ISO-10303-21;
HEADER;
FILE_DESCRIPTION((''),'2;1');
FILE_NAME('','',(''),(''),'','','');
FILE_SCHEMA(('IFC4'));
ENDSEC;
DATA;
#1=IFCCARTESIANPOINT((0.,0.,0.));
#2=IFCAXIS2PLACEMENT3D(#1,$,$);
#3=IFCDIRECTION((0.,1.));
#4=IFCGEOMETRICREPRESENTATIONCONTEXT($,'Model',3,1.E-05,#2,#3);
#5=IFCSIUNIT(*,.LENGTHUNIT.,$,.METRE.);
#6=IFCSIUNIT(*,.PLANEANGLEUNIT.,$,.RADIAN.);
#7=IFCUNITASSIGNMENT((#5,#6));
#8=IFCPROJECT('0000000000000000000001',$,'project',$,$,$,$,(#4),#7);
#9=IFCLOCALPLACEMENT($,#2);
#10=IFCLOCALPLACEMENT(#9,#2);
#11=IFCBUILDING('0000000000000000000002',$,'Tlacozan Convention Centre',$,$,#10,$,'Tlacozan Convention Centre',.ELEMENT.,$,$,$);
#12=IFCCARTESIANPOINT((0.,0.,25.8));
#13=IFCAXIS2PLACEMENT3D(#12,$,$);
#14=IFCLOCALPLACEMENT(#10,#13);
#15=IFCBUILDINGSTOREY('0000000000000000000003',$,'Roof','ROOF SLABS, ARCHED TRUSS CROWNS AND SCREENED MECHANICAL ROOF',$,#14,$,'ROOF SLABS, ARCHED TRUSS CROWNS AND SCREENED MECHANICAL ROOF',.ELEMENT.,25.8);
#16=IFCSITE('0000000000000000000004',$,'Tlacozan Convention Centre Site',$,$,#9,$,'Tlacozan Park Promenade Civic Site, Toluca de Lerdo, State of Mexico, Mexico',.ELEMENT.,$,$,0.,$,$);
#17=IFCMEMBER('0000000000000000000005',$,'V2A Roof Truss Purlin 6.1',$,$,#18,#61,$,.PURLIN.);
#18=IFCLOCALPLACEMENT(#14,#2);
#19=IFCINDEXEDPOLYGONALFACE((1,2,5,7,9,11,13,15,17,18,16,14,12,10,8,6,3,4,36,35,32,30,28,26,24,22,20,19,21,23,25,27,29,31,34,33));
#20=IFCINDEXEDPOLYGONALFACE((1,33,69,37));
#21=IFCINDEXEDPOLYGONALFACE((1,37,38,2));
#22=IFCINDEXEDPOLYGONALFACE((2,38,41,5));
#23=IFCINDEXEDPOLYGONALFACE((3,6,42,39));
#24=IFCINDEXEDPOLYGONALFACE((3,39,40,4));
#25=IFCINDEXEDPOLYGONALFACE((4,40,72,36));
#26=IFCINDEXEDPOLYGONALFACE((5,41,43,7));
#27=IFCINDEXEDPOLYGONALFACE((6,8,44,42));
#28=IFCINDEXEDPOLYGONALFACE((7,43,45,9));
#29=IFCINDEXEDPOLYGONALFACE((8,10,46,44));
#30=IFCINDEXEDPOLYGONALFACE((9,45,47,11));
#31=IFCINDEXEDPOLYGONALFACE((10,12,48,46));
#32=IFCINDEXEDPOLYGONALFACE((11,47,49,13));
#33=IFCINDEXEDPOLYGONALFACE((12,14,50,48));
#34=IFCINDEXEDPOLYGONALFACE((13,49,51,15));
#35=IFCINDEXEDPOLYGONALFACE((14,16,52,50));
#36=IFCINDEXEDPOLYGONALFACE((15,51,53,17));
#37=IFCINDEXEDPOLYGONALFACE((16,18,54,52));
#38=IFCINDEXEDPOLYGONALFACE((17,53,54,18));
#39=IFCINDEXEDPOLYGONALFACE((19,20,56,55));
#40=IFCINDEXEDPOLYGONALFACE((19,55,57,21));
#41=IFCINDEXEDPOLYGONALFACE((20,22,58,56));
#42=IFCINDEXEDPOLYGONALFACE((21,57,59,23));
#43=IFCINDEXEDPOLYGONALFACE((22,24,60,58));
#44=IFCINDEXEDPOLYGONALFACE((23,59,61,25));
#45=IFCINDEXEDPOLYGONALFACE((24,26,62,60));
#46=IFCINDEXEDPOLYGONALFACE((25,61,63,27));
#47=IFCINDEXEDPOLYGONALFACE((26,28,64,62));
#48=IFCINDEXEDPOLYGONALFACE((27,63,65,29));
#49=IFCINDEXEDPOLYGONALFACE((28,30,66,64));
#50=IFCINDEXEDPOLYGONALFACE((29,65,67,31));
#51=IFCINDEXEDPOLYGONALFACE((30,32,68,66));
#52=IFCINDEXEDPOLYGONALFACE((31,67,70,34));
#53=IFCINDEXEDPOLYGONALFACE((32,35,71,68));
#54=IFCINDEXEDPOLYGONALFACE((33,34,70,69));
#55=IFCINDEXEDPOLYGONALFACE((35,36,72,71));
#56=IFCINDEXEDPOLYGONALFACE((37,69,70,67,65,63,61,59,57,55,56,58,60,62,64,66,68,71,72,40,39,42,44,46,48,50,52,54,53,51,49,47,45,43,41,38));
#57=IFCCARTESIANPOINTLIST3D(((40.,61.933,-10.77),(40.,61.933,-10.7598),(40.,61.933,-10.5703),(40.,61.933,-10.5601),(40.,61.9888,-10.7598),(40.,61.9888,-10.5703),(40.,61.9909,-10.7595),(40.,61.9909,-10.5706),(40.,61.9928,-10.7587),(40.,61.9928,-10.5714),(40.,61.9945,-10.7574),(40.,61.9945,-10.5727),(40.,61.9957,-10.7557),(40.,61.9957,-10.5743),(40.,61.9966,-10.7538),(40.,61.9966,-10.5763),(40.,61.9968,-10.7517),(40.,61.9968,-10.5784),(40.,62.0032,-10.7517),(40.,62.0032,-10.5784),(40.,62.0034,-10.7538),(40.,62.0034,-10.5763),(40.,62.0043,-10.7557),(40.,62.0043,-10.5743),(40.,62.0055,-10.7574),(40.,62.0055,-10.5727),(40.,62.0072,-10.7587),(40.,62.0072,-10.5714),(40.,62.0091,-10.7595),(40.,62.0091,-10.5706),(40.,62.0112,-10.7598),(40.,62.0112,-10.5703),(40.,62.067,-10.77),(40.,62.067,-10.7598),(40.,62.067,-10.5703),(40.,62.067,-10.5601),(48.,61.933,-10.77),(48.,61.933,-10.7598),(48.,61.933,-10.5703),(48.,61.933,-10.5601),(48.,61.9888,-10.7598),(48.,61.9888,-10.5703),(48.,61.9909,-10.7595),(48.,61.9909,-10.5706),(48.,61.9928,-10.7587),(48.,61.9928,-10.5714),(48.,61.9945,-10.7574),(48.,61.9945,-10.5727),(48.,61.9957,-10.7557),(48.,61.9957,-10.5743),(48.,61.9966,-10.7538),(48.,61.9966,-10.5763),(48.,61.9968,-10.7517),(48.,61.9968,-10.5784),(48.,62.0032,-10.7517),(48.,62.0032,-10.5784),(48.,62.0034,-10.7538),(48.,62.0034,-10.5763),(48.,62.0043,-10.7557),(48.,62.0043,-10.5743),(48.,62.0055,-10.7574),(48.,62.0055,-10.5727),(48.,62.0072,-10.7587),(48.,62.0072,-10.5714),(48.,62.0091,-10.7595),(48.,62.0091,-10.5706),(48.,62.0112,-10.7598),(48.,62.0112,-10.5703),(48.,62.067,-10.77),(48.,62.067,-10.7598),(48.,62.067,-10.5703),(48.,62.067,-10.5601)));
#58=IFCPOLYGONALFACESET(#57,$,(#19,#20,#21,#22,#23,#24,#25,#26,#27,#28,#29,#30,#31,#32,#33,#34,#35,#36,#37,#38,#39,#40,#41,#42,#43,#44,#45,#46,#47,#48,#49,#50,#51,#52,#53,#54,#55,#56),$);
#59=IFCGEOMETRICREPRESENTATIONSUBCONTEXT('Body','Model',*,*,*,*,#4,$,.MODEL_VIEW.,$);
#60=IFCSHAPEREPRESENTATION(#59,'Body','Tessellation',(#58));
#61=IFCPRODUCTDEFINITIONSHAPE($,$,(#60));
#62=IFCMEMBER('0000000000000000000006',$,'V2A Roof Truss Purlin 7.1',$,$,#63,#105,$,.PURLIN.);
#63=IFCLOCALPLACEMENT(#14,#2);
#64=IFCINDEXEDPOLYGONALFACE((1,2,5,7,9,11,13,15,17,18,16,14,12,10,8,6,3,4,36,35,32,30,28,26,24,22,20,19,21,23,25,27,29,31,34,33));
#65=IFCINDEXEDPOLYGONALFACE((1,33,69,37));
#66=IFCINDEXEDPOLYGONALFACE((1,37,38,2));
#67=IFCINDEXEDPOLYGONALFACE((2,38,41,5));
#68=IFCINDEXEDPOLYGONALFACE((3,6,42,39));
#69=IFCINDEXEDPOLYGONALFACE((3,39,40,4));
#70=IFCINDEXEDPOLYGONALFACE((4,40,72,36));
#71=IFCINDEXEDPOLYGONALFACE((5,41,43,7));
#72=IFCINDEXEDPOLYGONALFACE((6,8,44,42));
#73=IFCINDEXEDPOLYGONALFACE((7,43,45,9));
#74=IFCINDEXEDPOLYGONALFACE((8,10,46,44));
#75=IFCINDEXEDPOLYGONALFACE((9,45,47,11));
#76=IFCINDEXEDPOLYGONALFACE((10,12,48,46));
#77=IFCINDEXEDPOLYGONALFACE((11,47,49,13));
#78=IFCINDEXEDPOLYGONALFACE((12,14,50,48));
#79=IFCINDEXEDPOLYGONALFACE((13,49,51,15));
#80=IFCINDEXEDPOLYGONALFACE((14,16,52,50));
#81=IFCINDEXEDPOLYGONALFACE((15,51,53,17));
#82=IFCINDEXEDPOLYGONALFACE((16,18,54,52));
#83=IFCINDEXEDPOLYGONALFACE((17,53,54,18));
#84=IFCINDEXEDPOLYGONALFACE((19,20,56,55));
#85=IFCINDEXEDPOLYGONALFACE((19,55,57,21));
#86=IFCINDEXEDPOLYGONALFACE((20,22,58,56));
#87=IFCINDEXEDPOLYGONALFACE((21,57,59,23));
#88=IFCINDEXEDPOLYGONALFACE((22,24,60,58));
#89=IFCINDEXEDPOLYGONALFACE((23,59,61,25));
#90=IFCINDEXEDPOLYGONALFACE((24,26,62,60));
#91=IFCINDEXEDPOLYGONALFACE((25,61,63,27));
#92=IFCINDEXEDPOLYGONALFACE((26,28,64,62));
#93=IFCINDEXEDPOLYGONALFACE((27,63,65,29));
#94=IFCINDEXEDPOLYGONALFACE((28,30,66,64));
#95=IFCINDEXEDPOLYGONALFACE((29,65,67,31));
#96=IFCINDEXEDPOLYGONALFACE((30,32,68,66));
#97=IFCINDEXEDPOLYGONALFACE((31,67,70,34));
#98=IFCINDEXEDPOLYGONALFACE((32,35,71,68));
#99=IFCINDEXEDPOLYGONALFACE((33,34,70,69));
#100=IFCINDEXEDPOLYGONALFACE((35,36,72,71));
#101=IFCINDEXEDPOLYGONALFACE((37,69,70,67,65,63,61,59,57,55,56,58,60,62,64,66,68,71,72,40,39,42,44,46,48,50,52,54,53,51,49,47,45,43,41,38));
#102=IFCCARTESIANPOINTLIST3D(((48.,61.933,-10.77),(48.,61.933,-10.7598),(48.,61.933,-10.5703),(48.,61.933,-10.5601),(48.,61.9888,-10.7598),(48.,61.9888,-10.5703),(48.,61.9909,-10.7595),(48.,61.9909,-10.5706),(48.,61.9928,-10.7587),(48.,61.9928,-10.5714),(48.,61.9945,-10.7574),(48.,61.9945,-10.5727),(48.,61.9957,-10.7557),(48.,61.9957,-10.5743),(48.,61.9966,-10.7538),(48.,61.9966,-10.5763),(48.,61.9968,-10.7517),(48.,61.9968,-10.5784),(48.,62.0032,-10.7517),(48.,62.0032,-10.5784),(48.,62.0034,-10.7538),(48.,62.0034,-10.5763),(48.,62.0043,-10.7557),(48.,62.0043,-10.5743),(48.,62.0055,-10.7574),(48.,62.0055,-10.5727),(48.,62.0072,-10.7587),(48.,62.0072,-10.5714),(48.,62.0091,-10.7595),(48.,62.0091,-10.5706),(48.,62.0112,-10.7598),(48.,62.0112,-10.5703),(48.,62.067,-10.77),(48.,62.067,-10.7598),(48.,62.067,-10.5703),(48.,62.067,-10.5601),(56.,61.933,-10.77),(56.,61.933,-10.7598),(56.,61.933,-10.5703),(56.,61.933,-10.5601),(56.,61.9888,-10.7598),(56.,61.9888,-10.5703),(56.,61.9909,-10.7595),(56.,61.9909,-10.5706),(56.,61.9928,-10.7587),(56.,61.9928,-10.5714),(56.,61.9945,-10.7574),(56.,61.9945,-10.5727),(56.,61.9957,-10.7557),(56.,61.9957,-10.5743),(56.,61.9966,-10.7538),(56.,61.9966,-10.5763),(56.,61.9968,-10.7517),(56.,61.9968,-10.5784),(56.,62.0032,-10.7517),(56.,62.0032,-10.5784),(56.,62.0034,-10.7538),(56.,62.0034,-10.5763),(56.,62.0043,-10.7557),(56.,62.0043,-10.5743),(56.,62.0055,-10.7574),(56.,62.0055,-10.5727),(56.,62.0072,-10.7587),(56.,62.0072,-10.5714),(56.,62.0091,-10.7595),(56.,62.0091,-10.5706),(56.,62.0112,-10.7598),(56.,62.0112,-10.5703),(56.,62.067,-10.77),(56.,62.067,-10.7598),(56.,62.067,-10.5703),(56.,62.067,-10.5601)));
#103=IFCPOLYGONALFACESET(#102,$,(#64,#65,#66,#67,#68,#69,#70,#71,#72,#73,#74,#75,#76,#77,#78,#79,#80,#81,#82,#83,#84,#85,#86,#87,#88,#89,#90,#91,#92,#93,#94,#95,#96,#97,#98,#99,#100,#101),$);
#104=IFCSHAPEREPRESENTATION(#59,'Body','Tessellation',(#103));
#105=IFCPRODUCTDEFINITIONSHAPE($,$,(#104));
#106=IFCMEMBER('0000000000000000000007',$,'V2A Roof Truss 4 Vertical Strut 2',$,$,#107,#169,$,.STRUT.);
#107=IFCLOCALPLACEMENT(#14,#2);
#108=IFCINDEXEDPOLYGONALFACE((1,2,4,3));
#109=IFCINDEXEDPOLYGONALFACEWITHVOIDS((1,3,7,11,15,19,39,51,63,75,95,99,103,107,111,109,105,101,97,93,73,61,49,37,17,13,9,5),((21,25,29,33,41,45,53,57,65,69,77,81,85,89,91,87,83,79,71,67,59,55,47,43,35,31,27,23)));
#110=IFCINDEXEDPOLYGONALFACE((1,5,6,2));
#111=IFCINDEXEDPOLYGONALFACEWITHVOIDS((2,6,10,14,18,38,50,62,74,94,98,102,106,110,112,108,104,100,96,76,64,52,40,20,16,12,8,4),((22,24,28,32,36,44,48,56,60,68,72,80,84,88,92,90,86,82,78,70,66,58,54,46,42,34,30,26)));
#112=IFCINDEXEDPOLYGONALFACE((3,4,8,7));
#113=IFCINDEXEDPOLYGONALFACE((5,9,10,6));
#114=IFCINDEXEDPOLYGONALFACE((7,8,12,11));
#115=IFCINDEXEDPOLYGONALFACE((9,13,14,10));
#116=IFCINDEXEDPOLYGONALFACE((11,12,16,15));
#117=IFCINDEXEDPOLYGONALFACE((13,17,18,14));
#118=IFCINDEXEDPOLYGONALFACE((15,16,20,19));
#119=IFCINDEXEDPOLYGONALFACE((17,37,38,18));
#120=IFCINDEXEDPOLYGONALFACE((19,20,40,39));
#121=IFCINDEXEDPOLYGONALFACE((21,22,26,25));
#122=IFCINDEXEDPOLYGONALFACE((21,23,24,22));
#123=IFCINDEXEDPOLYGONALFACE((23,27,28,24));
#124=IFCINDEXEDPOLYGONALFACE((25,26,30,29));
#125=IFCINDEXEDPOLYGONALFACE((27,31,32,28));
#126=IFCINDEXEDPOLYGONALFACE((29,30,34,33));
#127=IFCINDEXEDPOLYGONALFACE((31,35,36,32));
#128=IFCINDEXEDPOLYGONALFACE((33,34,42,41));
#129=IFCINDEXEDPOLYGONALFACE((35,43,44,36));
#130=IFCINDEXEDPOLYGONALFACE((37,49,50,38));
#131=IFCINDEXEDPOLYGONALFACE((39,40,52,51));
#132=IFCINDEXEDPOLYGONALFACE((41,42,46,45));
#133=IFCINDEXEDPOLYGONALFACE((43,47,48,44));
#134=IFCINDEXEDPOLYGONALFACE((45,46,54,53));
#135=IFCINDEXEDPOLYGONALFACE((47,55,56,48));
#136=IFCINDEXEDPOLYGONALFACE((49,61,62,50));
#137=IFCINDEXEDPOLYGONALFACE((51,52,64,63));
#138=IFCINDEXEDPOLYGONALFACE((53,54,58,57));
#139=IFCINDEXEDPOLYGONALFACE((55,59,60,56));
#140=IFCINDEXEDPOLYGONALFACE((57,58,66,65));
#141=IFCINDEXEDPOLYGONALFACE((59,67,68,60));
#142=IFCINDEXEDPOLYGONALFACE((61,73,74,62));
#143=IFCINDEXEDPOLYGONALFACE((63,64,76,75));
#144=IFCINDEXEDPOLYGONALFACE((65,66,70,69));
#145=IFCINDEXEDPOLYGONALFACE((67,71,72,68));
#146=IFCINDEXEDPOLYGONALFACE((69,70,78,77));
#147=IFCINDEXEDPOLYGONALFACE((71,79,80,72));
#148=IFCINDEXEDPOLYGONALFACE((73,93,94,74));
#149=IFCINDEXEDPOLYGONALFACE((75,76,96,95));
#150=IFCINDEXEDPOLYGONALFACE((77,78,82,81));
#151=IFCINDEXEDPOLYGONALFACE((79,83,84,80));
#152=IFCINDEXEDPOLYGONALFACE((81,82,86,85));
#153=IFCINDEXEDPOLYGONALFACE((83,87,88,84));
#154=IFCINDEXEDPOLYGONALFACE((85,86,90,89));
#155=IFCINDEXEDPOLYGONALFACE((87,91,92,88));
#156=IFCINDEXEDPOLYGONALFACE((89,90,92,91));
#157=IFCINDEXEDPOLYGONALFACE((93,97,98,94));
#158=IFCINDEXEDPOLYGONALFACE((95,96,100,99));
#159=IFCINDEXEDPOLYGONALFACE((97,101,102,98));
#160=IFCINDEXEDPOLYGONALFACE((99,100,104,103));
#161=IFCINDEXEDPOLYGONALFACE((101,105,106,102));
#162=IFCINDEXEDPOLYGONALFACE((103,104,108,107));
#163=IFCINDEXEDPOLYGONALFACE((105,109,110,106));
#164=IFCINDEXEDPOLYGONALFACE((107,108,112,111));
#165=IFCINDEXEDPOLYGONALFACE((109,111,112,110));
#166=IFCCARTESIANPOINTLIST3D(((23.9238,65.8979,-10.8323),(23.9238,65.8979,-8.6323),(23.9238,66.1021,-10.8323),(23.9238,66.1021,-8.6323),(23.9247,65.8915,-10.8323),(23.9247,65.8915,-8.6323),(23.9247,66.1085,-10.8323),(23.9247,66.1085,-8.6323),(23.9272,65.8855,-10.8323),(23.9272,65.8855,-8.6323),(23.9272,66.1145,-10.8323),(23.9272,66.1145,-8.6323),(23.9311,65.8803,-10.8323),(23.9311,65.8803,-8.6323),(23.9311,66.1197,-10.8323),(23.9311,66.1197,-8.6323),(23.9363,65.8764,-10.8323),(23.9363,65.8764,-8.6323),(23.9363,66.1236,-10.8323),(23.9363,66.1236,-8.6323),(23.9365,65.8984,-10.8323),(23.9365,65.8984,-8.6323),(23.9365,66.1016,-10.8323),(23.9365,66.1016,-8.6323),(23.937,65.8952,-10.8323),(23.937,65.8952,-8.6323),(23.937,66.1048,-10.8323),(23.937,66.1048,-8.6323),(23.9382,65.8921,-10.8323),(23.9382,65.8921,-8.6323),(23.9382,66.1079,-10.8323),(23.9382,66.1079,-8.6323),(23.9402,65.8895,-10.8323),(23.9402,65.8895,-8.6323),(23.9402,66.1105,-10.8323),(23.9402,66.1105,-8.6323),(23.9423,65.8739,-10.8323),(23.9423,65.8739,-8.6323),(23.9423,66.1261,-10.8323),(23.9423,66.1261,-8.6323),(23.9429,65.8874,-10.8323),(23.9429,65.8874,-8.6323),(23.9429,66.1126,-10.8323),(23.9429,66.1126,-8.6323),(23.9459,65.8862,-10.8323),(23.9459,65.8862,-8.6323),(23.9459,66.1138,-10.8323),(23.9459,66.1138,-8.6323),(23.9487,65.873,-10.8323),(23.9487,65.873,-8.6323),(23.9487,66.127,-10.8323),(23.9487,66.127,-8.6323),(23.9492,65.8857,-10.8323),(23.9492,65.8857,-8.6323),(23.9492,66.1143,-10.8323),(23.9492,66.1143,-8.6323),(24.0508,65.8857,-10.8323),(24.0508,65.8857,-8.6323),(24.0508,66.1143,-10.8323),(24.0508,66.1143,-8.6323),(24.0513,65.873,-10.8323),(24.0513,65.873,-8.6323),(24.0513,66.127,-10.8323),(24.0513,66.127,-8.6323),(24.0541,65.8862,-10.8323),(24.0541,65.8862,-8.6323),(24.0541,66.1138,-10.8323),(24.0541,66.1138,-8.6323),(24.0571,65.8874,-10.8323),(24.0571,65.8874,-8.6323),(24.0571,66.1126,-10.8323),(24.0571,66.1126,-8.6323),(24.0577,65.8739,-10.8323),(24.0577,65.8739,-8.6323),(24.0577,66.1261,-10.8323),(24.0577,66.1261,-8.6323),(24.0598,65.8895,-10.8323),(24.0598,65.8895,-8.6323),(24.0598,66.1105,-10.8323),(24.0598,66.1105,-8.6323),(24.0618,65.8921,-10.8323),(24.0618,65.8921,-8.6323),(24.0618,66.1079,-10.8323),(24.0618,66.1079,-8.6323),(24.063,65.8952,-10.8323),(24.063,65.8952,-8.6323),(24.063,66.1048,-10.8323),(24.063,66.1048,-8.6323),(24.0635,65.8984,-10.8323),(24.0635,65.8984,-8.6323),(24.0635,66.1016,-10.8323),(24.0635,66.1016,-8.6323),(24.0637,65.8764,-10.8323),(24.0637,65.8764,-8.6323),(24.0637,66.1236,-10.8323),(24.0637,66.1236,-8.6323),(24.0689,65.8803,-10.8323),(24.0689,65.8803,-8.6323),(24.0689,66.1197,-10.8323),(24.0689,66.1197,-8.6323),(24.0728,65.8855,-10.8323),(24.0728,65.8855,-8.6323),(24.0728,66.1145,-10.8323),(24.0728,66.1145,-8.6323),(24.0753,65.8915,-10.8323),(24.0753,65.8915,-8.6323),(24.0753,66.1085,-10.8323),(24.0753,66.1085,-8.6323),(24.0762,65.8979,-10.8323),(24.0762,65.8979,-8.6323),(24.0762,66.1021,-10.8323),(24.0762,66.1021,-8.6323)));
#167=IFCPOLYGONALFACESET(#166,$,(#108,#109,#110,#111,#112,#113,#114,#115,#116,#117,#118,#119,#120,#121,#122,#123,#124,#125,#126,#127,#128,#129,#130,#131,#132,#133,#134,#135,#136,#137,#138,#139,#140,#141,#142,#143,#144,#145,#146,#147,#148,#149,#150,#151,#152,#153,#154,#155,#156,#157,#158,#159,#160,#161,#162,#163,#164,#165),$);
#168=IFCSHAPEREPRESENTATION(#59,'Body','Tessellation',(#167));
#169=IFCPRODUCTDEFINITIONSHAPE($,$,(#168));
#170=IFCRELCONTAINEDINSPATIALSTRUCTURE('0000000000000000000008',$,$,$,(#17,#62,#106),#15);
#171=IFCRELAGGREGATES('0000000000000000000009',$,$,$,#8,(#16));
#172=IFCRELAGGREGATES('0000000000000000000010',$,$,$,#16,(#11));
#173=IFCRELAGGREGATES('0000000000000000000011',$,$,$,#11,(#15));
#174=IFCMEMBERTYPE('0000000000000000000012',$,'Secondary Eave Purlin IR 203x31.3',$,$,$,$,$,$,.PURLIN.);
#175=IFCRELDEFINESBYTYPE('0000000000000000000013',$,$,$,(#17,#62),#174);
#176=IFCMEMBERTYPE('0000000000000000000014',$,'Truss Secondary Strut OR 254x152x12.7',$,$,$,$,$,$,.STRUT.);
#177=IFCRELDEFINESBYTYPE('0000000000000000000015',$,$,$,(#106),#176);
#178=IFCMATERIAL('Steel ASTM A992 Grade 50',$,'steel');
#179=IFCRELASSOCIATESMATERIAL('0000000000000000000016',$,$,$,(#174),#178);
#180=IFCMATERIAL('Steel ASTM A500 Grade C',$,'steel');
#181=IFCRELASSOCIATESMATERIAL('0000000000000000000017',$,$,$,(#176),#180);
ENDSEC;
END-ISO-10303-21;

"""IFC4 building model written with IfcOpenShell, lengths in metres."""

from ifc_helpers import new_model, si_unit, direction, frame, origin, origin_2d, place, context, subcontext, project, spatial, hollow_rectangle, i_section, extrude, material, material_profile, profile_set, type_object, element, save


model = new_model("IFC4")

# Units and contexts
model_context = context("Model", 3, precision=1e-05, world=origin(), true_north=direction((0.0, 1.0)))
body_context = subcontext(model_context, "Body", "Model", "MODEL_VIEW")
ifc_project = project(units=[si_unit("LENGTHUNIT", "METRE"), si_unit("PLANEANGLEUNIT", "RADIAN")], contexts=[model_context])

# Site, building, storey
site_placement = place(None, origin())
site = spatial("IfcSite", under=ifc_project, at=site_placement, Name="Tlacozan Convention Centre Site", LongName="Tlacozan Park Promenade Civic Site, Toluca de Lerdo, State of Mexico, Mexico", CompositionType="ELEMENT", RefElevation=0.0)
building_placement = place(site_placement, origin())
building = spatial("IfcBuilding", under=site, at=building_placement, Name="Tlacozan Convention Centre", LongName="Tlacozan Convention Centre", CompositionType="ELEMENT")
storey_placement = place(building_placement, frame((0.0, 0.0, 25.8)))
storey = spatial("IfcBuildingStorey", under=building, at=storey_placement, Name="Roof", Description="ROOF SLABS, ARCHED TRUSS CROWNS AND SCREENED MECHANICAL ROOF", LongName="ROOF SLABS, ARCHED TRUSS CROWNS AND SCREENED MECHANICAL ROOF", CompositionType="ELEMENT", Elevation=25.8)

# Members
ifc_material_1 = material(Name="Steel ASTM A500 Grade C", Category="steel")
ifc_material_2 = material(Name="Steel ASTM A992 Grade 50", Category="steel")
ifc_material_profile_1 = material_profile(ifc_material_2, i_section(OverallWidth=0.134, OverallDepth=0.21, WebThickness=0.0063, FlangeThickness=0.0103, FilletRadius=0.0081, at=origin_2d()), Name="IR 203x31.3")
ifc_profile_set_1 = profile_set([ifc_material_profile_1], Name="Steel ASTM A992 Grade 50")
member_type_1 = type_object("IfcMemberType", Name="Secondary Eave Purlin IR 203x31.3", PredefinedType="PURLIN", material=ifc_profile_set_1)
for number, where, z_axis, x_axis, name in (
    (1, (40.0, 62.0, -10.665), (1.0, 0.0, 0.0), (0.0, 1.0, 0.0), "V2A Roof Truss Purlin 6.1"),
    (2, (48.0, 62.0, -10.665), (1.0, 0.0, 0.0), (0.0, 1.0, 0.0), "V2A Roof Truss Purlin 7.1"),
):
    element("IfcMember", number, at=place(storey_placement, frame(where, z_axis=z_axis, x_axis=x_axis)), inside=storey, type_object=member_type_1, Name=name, PredefinedType="PURLIN", context=body_context, shape_type="SweptSolid", body=[
        extrude(i_section(OverallWidth=0.134, OverallDepth=0.21, WebThickness=0.0063, FlangeThickness=0.0103, FilletRadius=0.0081, at=origin_2d()), origin(), (0.0, 0.0, 1.0), 8.0),
    ])
ifc_material_profile_2 = material_profile(ifc_material_1, hollow_rectangle(XDim=0.1523, YDim=0.2539, WallThickness=0.0127, InnerFilletRadius=0.0127, OuterFilletRadius=0.0249, at=origin_2d()), Name="OR 254x152x12.7")
ifc_profile_set_2 = profile_set([ifc_material_profile_2], Name="Steel ASTM A500 Grade C")
member_type_2 = type_object("IfcMemberType", Name="Truss Secondary Strut OR 254x152x12.7", PredefinedType="STRUT", material=ifc_profile_set_2)
for number, where, z_axis, x_axis, name in (
    (3, (24.0, 66.0, -10.8323), (0.0, 0.0, 1.0), (1.0, 0.0, 0.0), "V2A Roof Truss 4 Vertical Strut 2"),
):
    element("IfcMember", number, at=place(storey_placement, frame(where, z_axis=z_axis, x_axis=x_axis)), inside=storey, type_object=member_type_2, Name=name, PredefinedType="STRUT", context=body_context, shape_type="SweptSolid", body=[
        extrude(hollow_rectangle(XDim=0.1523, YDim=0.2539, WallThickness=0.0127, InnerFilletRadius=0.0127, OuterFilletRadius=0.0249, at=origin_2d()), origin(), (0.0, 0.0, 1.0), 2.2),
    ])

save(model, "model.ifc")
